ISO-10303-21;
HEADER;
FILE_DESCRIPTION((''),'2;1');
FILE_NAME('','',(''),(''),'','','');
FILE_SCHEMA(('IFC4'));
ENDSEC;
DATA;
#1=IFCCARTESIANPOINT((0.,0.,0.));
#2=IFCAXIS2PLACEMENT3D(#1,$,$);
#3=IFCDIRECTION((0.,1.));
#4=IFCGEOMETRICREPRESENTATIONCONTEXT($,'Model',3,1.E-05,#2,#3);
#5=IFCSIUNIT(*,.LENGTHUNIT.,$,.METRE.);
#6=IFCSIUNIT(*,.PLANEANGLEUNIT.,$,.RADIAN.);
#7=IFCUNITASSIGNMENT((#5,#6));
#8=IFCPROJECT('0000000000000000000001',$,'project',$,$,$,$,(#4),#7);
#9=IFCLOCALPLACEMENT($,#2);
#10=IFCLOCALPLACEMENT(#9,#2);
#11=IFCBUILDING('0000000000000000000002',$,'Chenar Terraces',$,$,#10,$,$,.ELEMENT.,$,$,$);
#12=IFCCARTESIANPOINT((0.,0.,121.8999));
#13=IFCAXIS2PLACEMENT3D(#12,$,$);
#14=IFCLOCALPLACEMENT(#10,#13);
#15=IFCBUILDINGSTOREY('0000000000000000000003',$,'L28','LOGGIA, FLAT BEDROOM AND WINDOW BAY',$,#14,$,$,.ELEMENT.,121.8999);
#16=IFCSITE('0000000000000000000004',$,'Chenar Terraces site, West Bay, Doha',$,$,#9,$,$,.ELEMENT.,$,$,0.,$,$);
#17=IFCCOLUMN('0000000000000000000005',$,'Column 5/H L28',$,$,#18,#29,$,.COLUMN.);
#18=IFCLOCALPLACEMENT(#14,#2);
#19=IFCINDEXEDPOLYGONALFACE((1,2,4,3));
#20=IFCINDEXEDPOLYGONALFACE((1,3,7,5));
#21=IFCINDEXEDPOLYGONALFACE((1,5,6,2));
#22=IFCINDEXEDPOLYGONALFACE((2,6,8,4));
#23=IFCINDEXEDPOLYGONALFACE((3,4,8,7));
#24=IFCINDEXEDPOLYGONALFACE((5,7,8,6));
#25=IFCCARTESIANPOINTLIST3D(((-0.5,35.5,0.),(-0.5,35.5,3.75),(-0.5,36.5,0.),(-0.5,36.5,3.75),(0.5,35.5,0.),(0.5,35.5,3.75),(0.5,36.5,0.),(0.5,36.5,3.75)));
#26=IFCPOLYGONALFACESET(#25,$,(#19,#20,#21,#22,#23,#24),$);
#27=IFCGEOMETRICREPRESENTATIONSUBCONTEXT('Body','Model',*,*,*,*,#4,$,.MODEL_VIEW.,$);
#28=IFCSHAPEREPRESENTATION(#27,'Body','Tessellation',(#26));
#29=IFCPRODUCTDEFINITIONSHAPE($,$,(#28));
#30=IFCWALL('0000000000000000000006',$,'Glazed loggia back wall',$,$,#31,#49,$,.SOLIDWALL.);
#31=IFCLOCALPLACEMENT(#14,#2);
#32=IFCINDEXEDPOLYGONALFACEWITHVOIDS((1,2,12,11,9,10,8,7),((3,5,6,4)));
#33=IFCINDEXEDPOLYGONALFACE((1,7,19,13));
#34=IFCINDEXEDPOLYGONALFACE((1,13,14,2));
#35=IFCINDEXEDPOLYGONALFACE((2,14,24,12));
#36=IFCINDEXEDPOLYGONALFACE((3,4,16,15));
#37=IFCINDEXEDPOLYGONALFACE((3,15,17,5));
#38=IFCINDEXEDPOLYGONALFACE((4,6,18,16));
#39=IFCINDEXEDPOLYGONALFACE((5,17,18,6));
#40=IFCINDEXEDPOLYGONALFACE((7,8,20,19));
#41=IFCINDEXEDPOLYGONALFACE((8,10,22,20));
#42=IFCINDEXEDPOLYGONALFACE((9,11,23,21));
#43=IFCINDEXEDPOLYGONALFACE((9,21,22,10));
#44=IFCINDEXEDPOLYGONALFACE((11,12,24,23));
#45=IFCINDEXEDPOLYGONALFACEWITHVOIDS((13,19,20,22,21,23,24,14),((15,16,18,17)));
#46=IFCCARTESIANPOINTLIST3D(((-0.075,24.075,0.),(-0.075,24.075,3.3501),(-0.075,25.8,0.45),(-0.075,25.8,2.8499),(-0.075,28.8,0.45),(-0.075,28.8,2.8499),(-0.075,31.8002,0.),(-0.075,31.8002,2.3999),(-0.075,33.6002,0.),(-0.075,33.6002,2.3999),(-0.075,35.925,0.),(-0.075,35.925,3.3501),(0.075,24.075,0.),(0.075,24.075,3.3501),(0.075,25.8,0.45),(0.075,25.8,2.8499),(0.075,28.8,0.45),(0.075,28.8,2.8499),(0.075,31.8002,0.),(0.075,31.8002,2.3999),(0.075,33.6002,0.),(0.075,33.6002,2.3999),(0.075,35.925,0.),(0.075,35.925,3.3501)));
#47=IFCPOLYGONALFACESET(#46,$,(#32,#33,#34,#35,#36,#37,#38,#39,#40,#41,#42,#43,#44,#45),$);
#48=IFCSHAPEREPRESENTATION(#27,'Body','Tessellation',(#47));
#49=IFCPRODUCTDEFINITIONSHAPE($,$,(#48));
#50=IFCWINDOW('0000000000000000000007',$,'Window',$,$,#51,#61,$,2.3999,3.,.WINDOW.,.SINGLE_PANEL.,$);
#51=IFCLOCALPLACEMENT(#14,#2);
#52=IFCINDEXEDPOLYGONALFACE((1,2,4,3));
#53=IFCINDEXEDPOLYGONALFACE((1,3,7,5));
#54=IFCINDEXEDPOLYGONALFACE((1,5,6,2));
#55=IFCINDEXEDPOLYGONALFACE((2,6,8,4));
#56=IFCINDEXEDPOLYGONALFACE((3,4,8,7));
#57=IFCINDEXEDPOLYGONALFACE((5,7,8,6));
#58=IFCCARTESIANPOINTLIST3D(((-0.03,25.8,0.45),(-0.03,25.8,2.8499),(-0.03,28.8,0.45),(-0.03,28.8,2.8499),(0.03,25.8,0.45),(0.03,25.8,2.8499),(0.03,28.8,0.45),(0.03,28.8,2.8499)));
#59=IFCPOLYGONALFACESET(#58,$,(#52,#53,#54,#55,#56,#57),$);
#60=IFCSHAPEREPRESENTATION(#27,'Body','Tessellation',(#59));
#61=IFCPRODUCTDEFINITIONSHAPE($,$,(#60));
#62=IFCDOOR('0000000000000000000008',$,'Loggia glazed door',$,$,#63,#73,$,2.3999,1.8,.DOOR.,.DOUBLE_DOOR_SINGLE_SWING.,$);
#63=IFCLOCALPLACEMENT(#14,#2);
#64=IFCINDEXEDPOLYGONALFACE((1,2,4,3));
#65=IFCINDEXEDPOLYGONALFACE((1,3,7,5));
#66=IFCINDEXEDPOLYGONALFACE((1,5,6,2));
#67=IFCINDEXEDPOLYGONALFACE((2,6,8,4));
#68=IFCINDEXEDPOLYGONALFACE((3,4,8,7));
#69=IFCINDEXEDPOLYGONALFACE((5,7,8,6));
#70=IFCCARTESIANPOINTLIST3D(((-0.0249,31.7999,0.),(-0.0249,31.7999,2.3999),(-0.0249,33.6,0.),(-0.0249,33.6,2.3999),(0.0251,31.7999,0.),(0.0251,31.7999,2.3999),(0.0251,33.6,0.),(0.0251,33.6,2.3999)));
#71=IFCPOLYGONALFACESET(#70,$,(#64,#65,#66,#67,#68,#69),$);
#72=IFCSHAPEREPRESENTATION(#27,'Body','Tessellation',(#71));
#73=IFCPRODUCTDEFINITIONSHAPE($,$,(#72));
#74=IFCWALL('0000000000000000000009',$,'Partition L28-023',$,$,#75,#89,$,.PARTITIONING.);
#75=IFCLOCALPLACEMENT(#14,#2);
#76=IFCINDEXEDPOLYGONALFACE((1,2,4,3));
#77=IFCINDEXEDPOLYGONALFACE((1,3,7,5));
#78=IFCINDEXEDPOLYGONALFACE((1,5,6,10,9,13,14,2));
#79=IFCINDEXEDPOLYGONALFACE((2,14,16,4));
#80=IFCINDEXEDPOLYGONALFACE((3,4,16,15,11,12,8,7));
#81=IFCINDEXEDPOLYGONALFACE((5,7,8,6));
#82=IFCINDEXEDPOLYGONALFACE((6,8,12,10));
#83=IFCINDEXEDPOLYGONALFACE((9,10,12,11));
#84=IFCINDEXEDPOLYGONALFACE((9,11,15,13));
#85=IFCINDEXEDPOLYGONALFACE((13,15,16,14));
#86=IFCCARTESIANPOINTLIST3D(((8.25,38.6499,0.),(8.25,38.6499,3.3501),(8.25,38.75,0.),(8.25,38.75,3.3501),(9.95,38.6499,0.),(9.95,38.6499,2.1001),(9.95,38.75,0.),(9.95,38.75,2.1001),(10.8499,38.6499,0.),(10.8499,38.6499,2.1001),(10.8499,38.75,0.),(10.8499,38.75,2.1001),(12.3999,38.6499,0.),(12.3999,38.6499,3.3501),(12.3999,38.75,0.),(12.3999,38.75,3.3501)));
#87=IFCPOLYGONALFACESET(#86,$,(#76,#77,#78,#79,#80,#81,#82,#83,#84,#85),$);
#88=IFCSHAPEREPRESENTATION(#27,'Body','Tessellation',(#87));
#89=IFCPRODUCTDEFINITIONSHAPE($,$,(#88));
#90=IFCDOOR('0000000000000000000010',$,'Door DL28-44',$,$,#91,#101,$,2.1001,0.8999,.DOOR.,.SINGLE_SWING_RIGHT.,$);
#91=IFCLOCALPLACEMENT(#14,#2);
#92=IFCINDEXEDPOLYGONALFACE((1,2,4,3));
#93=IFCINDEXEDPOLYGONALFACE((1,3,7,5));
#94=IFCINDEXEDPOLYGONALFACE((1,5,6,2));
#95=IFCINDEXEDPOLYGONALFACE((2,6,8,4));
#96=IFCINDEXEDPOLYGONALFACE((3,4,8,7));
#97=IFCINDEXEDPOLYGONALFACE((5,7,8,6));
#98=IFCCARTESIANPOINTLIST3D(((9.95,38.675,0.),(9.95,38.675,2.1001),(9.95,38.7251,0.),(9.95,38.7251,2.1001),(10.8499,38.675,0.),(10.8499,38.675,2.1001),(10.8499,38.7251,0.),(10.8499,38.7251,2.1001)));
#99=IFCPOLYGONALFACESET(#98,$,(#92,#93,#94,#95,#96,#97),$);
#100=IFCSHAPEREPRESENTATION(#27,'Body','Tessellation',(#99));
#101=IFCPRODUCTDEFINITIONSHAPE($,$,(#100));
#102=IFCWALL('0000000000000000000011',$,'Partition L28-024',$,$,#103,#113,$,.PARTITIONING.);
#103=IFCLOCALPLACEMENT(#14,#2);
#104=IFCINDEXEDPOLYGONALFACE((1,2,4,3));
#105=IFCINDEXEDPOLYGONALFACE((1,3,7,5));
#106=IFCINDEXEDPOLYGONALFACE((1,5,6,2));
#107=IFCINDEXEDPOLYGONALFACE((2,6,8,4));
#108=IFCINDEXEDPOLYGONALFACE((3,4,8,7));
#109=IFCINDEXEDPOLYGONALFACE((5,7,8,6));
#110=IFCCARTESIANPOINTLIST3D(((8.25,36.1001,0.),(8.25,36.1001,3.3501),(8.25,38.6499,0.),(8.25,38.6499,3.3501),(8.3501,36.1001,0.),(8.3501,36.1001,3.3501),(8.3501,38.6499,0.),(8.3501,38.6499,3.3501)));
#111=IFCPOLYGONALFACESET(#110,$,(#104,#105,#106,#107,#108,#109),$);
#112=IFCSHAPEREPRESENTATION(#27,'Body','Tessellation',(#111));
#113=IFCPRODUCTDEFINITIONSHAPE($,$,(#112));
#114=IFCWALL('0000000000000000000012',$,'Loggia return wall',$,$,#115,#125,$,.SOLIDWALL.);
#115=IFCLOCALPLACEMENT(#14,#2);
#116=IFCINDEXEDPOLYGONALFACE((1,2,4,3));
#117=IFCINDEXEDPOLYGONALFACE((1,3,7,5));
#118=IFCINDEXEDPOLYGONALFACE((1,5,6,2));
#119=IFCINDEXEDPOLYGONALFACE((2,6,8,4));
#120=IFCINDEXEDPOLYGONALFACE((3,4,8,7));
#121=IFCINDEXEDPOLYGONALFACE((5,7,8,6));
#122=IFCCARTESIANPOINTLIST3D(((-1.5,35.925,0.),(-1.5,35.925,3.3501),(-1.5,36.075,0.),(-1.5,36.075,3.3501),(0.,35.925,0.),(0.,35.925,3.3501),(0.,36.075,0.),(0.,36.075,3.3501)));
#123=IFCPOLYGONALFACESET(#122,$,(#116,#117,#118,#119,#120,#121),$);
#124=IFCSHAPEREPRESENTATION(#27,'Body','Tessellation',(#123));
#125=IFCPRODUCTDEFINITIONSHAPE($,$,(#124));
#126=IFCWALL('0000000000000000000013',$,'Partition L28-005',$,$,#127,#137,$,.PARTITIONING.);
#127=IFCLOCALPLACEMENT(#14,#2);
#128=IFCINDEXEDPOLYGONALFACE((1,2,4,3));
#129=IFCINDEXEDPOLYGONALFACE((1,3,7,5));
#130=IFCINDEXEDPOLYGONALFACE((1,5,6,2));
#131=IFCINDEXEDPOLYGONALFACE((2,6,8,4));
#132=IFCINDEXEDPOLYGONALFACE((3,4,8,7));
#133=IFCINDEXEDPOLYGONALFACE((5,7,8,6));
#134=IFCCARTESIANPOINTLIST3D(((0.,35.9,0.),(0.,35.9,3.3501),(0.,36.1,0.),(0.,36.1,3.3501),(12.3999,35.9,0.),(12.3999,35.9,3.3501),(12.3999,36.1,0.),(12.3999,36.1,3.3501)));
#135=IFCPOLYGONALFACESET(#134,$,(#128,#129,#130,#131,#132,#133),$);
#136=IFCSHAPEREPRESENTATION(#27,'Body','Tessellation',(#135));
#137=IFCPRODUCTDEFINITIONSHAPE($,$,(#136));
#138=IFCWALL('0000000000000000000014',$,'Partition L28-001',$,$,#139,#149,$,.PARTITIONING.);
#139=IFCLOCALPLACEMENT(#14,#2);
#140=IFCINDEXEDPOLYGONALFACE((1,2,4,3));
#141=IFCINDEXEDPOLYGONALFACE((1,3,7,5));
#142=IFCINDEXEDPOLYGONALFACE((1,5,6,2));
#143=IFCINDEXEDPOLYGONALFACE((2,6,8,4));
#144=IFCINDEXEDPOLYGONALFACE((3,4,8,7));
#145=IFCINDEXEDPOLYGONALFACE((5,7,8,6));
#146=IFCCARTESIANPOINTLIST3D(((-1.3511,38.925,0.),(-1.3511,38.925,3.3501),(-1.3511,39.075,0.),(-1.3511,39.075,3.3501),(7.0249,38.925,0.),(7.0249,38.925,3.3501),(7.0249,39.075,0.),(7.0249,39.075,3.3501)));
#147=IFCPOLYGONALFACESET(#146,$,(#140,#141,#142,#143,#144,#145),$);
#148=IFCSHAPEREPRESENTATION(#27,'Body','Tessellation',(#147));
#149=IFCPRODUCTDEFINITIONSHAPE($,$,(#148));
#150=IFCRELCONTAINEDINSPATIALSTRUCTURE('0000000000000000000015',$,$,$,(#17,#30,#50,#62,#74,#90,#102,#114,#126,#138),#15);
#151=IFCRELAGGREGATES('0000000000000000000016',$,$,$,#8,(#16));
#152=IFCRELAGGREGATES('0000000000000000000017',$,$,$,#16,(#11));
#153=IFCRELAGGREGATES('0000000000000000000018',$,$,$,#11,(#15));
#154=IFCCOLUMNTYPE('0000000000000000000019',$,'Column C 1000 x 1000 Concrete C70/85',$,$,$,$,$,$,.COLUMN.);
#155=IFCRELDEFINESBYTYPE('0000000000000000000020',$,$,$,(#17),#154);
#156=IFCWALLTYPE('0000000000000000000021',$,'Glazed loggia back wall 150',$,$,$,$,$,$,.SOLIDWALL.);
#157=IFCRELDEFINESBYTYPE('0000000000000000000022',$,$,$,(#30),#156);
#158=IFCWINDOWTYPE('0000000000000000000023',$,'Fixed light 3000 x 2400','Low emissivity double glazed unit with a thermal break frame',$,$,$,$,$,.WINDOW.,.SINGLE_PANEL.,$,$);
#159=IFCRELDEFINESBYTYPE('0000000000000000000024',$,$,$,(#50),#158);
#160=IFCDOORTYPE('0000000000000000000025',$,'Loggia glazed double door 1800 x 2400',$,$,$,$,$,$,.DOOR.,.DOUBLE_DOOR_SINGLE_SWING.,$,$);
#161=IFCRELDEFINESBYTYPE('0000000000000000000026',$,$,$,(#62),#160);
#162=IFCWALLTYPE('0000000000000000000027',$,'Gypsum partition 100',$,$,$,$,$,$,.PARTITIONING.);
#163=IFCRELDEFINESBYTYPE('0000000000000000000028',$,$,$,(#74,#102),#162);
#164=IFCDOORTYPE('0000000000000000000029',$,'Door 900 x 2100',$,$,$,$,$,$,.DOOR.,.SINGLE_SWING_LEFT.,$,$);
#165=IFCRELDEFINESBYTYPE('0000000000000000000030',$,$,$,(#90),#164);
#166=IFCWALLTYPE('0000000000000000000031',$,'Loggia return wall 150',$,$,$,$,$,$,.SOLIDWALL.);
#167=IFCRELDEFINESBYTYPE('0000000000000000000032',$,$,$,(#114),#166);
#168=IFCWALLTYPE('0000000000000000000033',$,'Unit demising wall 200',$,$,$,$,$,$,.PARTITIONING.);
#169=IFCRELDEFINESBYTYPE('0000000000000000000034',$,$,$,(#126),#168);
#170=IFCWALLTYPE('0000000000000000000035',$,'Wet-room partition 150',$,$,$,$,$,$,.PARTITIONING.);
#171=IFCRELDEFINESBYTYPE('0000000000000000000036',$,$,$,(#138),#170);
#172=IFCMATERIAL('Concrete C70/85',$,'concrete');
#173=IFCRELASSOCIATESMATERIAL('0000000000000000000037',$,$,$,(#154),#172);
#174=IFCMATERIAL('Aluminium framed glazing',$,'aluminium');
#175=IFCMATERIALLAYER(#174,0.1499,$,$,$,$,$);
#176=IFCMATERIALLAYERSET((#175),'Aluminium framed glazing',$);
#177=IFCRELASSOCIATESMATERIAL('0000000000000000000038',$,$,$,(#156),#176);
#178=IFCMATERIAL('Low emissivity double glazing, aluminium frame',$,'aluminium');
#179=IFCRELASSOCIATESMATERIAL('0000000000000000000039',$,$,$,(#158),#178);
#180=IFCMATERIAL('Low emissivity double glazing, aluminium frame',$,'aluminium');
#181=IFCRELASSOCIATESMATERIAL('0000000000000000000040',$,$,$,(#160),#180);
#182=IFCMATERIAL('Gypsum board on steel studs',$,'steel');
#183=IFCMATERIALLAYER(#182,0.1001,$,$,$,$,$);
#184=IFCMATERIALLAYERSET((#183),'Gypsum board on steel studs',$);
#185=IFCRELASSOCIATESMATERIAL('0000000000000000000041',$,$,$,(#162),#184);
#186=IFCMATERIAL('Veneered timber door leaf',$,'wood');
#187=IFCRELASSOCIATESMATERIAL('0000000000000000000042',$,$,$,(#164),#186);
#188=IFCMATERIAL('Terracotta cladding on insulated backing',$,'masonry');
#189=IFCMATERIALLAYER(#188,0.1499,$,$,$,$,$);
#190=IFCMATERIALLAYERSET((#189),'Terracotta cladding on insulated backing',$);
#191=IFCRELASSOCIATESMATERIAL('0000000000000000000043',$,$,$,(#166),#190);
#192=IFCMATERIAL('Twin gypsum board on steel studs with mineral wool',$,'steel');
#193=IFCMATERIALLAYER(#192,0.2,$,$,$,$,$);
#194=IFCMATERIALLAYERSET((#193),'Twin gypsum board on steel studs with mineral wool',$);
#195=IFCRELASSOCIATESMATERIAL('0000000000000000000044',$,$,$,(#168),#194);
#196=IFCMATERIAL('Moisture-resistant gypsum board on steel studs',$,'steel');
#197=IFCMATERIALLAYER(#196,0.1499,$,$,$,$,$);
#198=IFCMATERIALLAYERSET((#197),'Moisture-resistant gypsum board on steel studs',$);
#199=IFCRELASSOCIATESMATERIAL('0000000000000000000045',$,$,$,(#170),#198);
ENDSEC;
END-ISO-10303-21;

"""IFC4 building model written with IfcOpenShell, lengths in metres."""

from ifc_helpers import new_model, si_unit, direction, frame, frame_2d, origin, origin_2d, place, context, subcontext, project, spatial, rectangle, extrude, material, layer, layer_set, material_profile, profile_set, type_object, element, fill, save


model = new_model("IFC4")

# Units and contexts
model_context = context("Model", 3, precision=1e-05, world=origin(), true_north=direction((0.0, 1.0)))
body_context = subcontext(model_context, "Body", "Model", "MODEL_VIEW")
ifc_project = project(units=[si_unit("LENGTHUNIT", "METRE"), si_unit("PLANEANGLEUNIT", "RADIAN")], contexts=[model_context])

# Site, building, storey
site_placement = place(None, origin())
site = spatial("IfcSite", under=ifc_project, at=site_placement, Name="Chenar Terraces site, West Bay, Doha", CompositionType="ELEMENT", RefElevation=0.0)
building_placement = place(site_placement, origin())
building = spatial("IfcBuilding", under=site, at=building_placement, Name="Chenar Terraces", CompositionType="ELEMENT")
storey_placement = place(building_placement, frame((0.0, 0.0, 121.8999)))
storey = spatial("IfcBuildingStorey", under=building, at=storey_placement, Name="L28", Description="LOGGIA, FLAT BEDROOM AND WINDOW BAY", CompositionType="ELEMENT", Elevation=121.8999)

# Column
ifc_material_1 = material(Name="Concrete C70/85", Category="concrete")
ifc_material_profile_1 = material_profile(ifc_material_1, rectangle(XDim=1.0, YDim=1.0, at=origin_2d()), Name="C 1000 x 1000")
ifc_profile_set_1 = profile_set([ifc_material_profile_1], Name="Concrete C70/85")
column_type = type_object("IfcColumnType", Name="Column C 1000 x 1000 Concrete C70/85", PredefinedType="COLUMN", material=ifc_profile_set_1)
placement = place(storey_placement, frame((0.0, 36.0, 0.0), z_axis=(0.0, 0.0, 1.0), x_axis=(1.0, 0.0, 0.0)))
element("IfcColumn", 1, at=placement, inside=storey, type_object=column_type, Name="Column 5/H L28", PredefinedType="COLUMN", context=body_context, shape_type="SweptSolid", body=[
    extrude(rectangle(XDim=1.0, YDim=1.0, at=origin_2d()), origin(), (0.0, 0.0, 1.0), 3.75),
])

# Wall, openings, window, door
ifc_material_2 = material(Name="Aluminium framed glazing", Category="aluminium")
ifc_layer_1 = layer(ifc_material_2, 0.1499)
ifc_layer_set_1 = layer_set([ifc_layer_1], Name="Aluminium framed glazing")
wall_type_1 = type_object("IfcWallType", Name="Glazed loggia back wall 150", PredefinedType="SOLIDWALL", material=ifc_layer_set_1)
wall_1_placement = place(storey_placement, frame((0.0, 35.925, 0.0), z_axis=(0.0, 0.0, 1.0), x_axis=(0.0, -1.0, 0.0)))
wall_1 = element("IfcWall", 2, at=wall_1_placement, inside=storey, type_object=wall_type_1, Name="Glazed loggia back wall", PredefinedType="SOLIDWALL", context=body_context, shape_type="SweptSolid", body=[
    extrude(rectangle(XDim=11.8501, YDim=0.1499, at=frame_2d((5.925, 0.0))), origin(), (0.0, 0.0, 1.0), 3.3501),
])
opening_1_placement = place(wall_1_placement, frame((2.325, 0.0, 0.0)))
opening_1 = element("IfcOpeningElement", 3, at=opening_1_placement, cuts=wall_1, PredefinedType="OPENING", context=body_context, shape_type="SweptSolid", body=[
    extrude(rectangle(XDim=1.8, YDim=2.3999, at=frame_2d((0.8999, 1.2))), frame((0.0, 0.085, 0.0), z_axis=(0.0, -1.0, 0.0), x_axis=(1.0, 0.0, 0.0)), (0.0, 0.0, 1.0), 0.1699),
])
opening_2_placement = place(wall_1_placement, frame((7.125, 0.0, 0.45)))
opening_2 = element("IfcOpeningElement", 4, at=opening_2_placement, cuts=wall_1, PredefinedType="OPENING", context=body_context, shape_type="SweptSolid", body=[
    extrude(rectangle(XDim=3.0, YDim=2.3999, at=frame_2d((1.5, 1.2))), frame((0.0, 0.085, 0.0), z_axis=(0.0, -1.0, 0.0), x_axis=(1.0, 0.0, 0.0)), (0.0, 0.0, 1.0), 0.1699),
])
ifc_material_3 = material(Name="Low emissivity double glazing, aluminium frame", Category="aluminium")
window_type = type_object("IfcWindowType", Name="Fixed light 3000 x 2400", Description="Low emissivity double glazed unit with a thermal break frame", PartitioningType="SINGLE_PANEL", PredefinedType="WINDOW", material=ifc_material_3)
window_placement = place(opening_2_placement, origin())
window = element("IfcWindow", 5, at=window_placement, inside=storey, type_object=window_type, Name="Window", OverallHeight=2.3999, OverallWidth=3.0, PartitioningType="SINGLE_PANEL", PredefinedType="WINDOW", context=body_context, shape_type="SweptSolid", body=[
    extrude(rectangle(XDim=3.0, YDim=2.3999, at=frame_2d((1.5, 1.2))), frame((0.0, 0.03, 0.0), z_axis=(0.0, -1.0, 0.0), x_axis=(1.0, 0.0, 0.0)), (0.0, 0.0, 1.0), 0.0601),
])
fill(opening_2, window)
ifc_material_4 = material(Name="Low emissivity double glazing, aluminium frame", Category="aluminium")
door_type_1 = type_object("IfcDoorType", Name="Loggia glazed double door 1800 x 2400", OperationType="DOUBLE_DOOR_SINGLE_SWING", PredefinedType="DOOR", material=ifc_material_4)
door_1_placement = place(opening_1_placement, frame((1.8, 0.0, 0.0), z_axis=(0.0, 0.0, 1.0), x_axis=(-1.0, 0.0, 0.0)))
door_1 = element("IfcDoor", 6, at=door_1_placement, inside=storey, type_object=door_type_1, Name="Loggia glazed door", OperationType="DOUBLE_DOOR_SINGLE_SWING", OverallHeight=2.3999, OverallWidth=1.8, PredefinedType="DOOR", context=body_context, shape_type="SweptSolid", body=[
    extrude(rectangle(XDim=1.8, YDim=2.3999, at=frame_2d((0.8999, 1.2))), frame((0.0, 0.0249, 0.0), z_axis=(0.0, -1.0, 0.0), x_axis=(1.0, 0.0, 0.0)), (0.0, 0.0, 1.0), 0.05),
])
fill(opening_1, door_1)

# Wall, opening, door
ifc_material_5 = material(Name="Gypsum board on steel studs", Category="steel")
ifc_layer_2 = layer(ifc_material_5, 0.1001)
ifc_layer_set_2 = layer_set([ifc_layer_2], Name="Gypsum board on steel studs")
wall_type_2 = type_object("IfcWallType", Name="Gypsum partition 100", PredefinedType="PARTITIONING", material=ifc_layer_set_2)
wall_2_placement = place(storey_placement, frame((8.25, 38.7, 0.0), z_axis=(0.0, 0.0, 1.0), x_axis=(1.0, 0.0, 0.0)))
wall_2 = element("IfcWall", 7, at=wall_2_placement, inside=storey, type_object=wall_type_2, Name="Partition L28-023", PredefinedType="PARTITIONING", context=body_context, shape_type="SweptSolid", body=[
    extrude(rectangle(XDim=4.1499, YDim=0.1001, at=frame_2d((2.075, 0.0))), origin(), (0.0, 0.0, 1.0), 3.3501),
])
opening_3_placement = place(wall_2_placement, frame((1.7, 0.0, 0.0)))
opening_3 = element("IfcOpeningElement", 8, at=opening_3_placement, cuts=wall_2, PredefinedType="OPENING", context=body_context, shape_type="SweptSolid", body=[
    extrude(rectangle(XDim=0.8999, YDim=2.1001, at=frame_2d((0.45, 1.05))), frame((0.0, 0.0601, 0.0), z_axis=(0.0, -1.0, 0.0), x_axis=(1.0, 0.0, 0.0)), (0.0, 0.0, 1.0), 0.1201),
])
ifc_material_6 = material(Name="Veneered timber door leaf", Category="wood")
door_type_2 = type_object("IfcDoorType", Name="Door 900 x 2100", OperationType="SINGLE_SWING_LEFT", PredefinedType="DOOR", material=ifc_material_6)
door_2_placement = place(opening_3_placement, frame((0.8999, 0.0, 0.0), z_axis=(0.0, 0.0, 1.0), x_axis=(-1.0, 0.0, 0.0)))
door_2 = element("IfcDoor", 9, at=door_2_placement, inside=storey, type_object=door_type_2, Name="Door DL28-44", OperationType="SINGLE_SWING_RIGHT", OverallHeight=2.1001, OverallWidth=0.8999, PredefinedType="DOOR", context=body_context, shape_type="SweptSolid", body=[
    extrude(rectangle(XDim=0.8999, YDim=2.1001, at=frame_2d((0.45, 1.05))), frame((0.0, 0.0249, 0.0), z_axis=(0.0, -1.0, 0.0), x_axis=(1.0, 0.0, 0.0)), (0.0, 0.0, 1.0), 0.05),
])
fill(opening_3, door_2)

# Walls
wall_3_placement = place(storey_placement, frame((8.3, 36.1001, 0.0), z_axis=(0.0, 0.0, 1.0), x_axis=(0.0, 1.0, 0.0)))
element("IfcWall", 10, at=wall_3_placement, inside=storey, type_object=wall_type_2, Name="Partition L28-024", PredefinedType="PARTITIONING", context=body_context, shape_type="SweptSolid", body=[
    extrude(rectangle(XDim=2.5498, YDim=0.1001, at=frame_2d((1.2749, 0.0))), origin(), (0.0, 0.0, 1.0), 3.3501),
])
ifc_material_7 = material(Name="Terracotta cladding on insulated backing", Category="masonry")
ifc_layer_3 = layer(ifc_material_7, 0.1499)
ifc_layer_set_3 = layer_set([ifc_layer_3], Name="Terracotta cladding on insulated backing")
wall_type_3 = type_object("IfcWallType", Name="Loggia return wall 150", PredefinedType="SOLIDWALL", material=ifc_layer_set_3)
wall_4_placement = place(storey_placement, frame((-1.5, 36.0, 0.0), z_axis=(0.0, 0.0, 1.0), x_axis=(1.0, 0.0, 0.0)))
element("IfcWall", 11, at=wall_4_placement, inside=storey, type_object=wall_type_3, Name="Loggia return wall", PredefinedType="SOLIDWALL", context=body_context, shape_type="SweptSolid", body=[
    extrude(rectangle(XDim=1.5, YDim=0.1499, at=frame_2d((0.75, 0.0))), origin(), (0.0, 0.0, 1.0), 3.3501),
])
ifc_material_8 = material(Name="Twin gypsum board on steel studs with mineral wool", Category="steel")
ifc_layer_4 = layer(ifc_material_8, 0.2)
ifc_layer_set_4 = layer_set([ifc_layer_4], Name="Twin gypsum board on steel studs with mineral wool")
wall_type_4 = type_object("IfcWallType", Name="Unit demising wall 200", PredefinedType="PARTITIONING", material=ifc_layer_set_4)
element("IfcWall", 12, at=placement, inside=storey, type_object=wall_type_4, Name="Partition L28-005", PredefinedType="PARTITIONING", context=body_context, shape_type="SweptSolid", body=[
    extrude(rectangle(XDim=12.3999, YDim=0.2, at=frame_2d((6.2, 0.0))), origin(), (0.0, 0.0, 1.0), 3.3501),
])
ifc_material_9 = material(Name="Moisture-resistant gypsum board on steel studs", Category="steel")
ifc_layer_5 = layer(ifc_material_9, 0.1499)
ifc_layer_set_5 = layer_set([ifc_layer_5], Name="Moisture-resistant gypsum board on steel studs")
wall_type_5 = type_object("IfcWallType", Name="Wet-room partition 150", PredefinedType="PARTITIONING", material=ifc_layer_set_5)
wall_5_placement = place(storey_placement, frame((-1.3511, 39.0, 0.0), z_axis=(0.0, 0.0, 1.0), x_axis=(1.0, 0.0, 0.0)))
element("IfcWall", 13, at=wall_5_placement, inside=storey, type_object=wall_type_5, Name="Partition L28-001", PredefinedType="PARTITIONING", context=body_context, shape_type="SweptSolid", body=[
    extrude(rectangle(XDim=8.376, YDim=0.1499, at=frame_2d((4.188, 0.0))), origin(), (0.0, 0.0, 1.0), 3.3501),
])

save(model, "model.ifc")
